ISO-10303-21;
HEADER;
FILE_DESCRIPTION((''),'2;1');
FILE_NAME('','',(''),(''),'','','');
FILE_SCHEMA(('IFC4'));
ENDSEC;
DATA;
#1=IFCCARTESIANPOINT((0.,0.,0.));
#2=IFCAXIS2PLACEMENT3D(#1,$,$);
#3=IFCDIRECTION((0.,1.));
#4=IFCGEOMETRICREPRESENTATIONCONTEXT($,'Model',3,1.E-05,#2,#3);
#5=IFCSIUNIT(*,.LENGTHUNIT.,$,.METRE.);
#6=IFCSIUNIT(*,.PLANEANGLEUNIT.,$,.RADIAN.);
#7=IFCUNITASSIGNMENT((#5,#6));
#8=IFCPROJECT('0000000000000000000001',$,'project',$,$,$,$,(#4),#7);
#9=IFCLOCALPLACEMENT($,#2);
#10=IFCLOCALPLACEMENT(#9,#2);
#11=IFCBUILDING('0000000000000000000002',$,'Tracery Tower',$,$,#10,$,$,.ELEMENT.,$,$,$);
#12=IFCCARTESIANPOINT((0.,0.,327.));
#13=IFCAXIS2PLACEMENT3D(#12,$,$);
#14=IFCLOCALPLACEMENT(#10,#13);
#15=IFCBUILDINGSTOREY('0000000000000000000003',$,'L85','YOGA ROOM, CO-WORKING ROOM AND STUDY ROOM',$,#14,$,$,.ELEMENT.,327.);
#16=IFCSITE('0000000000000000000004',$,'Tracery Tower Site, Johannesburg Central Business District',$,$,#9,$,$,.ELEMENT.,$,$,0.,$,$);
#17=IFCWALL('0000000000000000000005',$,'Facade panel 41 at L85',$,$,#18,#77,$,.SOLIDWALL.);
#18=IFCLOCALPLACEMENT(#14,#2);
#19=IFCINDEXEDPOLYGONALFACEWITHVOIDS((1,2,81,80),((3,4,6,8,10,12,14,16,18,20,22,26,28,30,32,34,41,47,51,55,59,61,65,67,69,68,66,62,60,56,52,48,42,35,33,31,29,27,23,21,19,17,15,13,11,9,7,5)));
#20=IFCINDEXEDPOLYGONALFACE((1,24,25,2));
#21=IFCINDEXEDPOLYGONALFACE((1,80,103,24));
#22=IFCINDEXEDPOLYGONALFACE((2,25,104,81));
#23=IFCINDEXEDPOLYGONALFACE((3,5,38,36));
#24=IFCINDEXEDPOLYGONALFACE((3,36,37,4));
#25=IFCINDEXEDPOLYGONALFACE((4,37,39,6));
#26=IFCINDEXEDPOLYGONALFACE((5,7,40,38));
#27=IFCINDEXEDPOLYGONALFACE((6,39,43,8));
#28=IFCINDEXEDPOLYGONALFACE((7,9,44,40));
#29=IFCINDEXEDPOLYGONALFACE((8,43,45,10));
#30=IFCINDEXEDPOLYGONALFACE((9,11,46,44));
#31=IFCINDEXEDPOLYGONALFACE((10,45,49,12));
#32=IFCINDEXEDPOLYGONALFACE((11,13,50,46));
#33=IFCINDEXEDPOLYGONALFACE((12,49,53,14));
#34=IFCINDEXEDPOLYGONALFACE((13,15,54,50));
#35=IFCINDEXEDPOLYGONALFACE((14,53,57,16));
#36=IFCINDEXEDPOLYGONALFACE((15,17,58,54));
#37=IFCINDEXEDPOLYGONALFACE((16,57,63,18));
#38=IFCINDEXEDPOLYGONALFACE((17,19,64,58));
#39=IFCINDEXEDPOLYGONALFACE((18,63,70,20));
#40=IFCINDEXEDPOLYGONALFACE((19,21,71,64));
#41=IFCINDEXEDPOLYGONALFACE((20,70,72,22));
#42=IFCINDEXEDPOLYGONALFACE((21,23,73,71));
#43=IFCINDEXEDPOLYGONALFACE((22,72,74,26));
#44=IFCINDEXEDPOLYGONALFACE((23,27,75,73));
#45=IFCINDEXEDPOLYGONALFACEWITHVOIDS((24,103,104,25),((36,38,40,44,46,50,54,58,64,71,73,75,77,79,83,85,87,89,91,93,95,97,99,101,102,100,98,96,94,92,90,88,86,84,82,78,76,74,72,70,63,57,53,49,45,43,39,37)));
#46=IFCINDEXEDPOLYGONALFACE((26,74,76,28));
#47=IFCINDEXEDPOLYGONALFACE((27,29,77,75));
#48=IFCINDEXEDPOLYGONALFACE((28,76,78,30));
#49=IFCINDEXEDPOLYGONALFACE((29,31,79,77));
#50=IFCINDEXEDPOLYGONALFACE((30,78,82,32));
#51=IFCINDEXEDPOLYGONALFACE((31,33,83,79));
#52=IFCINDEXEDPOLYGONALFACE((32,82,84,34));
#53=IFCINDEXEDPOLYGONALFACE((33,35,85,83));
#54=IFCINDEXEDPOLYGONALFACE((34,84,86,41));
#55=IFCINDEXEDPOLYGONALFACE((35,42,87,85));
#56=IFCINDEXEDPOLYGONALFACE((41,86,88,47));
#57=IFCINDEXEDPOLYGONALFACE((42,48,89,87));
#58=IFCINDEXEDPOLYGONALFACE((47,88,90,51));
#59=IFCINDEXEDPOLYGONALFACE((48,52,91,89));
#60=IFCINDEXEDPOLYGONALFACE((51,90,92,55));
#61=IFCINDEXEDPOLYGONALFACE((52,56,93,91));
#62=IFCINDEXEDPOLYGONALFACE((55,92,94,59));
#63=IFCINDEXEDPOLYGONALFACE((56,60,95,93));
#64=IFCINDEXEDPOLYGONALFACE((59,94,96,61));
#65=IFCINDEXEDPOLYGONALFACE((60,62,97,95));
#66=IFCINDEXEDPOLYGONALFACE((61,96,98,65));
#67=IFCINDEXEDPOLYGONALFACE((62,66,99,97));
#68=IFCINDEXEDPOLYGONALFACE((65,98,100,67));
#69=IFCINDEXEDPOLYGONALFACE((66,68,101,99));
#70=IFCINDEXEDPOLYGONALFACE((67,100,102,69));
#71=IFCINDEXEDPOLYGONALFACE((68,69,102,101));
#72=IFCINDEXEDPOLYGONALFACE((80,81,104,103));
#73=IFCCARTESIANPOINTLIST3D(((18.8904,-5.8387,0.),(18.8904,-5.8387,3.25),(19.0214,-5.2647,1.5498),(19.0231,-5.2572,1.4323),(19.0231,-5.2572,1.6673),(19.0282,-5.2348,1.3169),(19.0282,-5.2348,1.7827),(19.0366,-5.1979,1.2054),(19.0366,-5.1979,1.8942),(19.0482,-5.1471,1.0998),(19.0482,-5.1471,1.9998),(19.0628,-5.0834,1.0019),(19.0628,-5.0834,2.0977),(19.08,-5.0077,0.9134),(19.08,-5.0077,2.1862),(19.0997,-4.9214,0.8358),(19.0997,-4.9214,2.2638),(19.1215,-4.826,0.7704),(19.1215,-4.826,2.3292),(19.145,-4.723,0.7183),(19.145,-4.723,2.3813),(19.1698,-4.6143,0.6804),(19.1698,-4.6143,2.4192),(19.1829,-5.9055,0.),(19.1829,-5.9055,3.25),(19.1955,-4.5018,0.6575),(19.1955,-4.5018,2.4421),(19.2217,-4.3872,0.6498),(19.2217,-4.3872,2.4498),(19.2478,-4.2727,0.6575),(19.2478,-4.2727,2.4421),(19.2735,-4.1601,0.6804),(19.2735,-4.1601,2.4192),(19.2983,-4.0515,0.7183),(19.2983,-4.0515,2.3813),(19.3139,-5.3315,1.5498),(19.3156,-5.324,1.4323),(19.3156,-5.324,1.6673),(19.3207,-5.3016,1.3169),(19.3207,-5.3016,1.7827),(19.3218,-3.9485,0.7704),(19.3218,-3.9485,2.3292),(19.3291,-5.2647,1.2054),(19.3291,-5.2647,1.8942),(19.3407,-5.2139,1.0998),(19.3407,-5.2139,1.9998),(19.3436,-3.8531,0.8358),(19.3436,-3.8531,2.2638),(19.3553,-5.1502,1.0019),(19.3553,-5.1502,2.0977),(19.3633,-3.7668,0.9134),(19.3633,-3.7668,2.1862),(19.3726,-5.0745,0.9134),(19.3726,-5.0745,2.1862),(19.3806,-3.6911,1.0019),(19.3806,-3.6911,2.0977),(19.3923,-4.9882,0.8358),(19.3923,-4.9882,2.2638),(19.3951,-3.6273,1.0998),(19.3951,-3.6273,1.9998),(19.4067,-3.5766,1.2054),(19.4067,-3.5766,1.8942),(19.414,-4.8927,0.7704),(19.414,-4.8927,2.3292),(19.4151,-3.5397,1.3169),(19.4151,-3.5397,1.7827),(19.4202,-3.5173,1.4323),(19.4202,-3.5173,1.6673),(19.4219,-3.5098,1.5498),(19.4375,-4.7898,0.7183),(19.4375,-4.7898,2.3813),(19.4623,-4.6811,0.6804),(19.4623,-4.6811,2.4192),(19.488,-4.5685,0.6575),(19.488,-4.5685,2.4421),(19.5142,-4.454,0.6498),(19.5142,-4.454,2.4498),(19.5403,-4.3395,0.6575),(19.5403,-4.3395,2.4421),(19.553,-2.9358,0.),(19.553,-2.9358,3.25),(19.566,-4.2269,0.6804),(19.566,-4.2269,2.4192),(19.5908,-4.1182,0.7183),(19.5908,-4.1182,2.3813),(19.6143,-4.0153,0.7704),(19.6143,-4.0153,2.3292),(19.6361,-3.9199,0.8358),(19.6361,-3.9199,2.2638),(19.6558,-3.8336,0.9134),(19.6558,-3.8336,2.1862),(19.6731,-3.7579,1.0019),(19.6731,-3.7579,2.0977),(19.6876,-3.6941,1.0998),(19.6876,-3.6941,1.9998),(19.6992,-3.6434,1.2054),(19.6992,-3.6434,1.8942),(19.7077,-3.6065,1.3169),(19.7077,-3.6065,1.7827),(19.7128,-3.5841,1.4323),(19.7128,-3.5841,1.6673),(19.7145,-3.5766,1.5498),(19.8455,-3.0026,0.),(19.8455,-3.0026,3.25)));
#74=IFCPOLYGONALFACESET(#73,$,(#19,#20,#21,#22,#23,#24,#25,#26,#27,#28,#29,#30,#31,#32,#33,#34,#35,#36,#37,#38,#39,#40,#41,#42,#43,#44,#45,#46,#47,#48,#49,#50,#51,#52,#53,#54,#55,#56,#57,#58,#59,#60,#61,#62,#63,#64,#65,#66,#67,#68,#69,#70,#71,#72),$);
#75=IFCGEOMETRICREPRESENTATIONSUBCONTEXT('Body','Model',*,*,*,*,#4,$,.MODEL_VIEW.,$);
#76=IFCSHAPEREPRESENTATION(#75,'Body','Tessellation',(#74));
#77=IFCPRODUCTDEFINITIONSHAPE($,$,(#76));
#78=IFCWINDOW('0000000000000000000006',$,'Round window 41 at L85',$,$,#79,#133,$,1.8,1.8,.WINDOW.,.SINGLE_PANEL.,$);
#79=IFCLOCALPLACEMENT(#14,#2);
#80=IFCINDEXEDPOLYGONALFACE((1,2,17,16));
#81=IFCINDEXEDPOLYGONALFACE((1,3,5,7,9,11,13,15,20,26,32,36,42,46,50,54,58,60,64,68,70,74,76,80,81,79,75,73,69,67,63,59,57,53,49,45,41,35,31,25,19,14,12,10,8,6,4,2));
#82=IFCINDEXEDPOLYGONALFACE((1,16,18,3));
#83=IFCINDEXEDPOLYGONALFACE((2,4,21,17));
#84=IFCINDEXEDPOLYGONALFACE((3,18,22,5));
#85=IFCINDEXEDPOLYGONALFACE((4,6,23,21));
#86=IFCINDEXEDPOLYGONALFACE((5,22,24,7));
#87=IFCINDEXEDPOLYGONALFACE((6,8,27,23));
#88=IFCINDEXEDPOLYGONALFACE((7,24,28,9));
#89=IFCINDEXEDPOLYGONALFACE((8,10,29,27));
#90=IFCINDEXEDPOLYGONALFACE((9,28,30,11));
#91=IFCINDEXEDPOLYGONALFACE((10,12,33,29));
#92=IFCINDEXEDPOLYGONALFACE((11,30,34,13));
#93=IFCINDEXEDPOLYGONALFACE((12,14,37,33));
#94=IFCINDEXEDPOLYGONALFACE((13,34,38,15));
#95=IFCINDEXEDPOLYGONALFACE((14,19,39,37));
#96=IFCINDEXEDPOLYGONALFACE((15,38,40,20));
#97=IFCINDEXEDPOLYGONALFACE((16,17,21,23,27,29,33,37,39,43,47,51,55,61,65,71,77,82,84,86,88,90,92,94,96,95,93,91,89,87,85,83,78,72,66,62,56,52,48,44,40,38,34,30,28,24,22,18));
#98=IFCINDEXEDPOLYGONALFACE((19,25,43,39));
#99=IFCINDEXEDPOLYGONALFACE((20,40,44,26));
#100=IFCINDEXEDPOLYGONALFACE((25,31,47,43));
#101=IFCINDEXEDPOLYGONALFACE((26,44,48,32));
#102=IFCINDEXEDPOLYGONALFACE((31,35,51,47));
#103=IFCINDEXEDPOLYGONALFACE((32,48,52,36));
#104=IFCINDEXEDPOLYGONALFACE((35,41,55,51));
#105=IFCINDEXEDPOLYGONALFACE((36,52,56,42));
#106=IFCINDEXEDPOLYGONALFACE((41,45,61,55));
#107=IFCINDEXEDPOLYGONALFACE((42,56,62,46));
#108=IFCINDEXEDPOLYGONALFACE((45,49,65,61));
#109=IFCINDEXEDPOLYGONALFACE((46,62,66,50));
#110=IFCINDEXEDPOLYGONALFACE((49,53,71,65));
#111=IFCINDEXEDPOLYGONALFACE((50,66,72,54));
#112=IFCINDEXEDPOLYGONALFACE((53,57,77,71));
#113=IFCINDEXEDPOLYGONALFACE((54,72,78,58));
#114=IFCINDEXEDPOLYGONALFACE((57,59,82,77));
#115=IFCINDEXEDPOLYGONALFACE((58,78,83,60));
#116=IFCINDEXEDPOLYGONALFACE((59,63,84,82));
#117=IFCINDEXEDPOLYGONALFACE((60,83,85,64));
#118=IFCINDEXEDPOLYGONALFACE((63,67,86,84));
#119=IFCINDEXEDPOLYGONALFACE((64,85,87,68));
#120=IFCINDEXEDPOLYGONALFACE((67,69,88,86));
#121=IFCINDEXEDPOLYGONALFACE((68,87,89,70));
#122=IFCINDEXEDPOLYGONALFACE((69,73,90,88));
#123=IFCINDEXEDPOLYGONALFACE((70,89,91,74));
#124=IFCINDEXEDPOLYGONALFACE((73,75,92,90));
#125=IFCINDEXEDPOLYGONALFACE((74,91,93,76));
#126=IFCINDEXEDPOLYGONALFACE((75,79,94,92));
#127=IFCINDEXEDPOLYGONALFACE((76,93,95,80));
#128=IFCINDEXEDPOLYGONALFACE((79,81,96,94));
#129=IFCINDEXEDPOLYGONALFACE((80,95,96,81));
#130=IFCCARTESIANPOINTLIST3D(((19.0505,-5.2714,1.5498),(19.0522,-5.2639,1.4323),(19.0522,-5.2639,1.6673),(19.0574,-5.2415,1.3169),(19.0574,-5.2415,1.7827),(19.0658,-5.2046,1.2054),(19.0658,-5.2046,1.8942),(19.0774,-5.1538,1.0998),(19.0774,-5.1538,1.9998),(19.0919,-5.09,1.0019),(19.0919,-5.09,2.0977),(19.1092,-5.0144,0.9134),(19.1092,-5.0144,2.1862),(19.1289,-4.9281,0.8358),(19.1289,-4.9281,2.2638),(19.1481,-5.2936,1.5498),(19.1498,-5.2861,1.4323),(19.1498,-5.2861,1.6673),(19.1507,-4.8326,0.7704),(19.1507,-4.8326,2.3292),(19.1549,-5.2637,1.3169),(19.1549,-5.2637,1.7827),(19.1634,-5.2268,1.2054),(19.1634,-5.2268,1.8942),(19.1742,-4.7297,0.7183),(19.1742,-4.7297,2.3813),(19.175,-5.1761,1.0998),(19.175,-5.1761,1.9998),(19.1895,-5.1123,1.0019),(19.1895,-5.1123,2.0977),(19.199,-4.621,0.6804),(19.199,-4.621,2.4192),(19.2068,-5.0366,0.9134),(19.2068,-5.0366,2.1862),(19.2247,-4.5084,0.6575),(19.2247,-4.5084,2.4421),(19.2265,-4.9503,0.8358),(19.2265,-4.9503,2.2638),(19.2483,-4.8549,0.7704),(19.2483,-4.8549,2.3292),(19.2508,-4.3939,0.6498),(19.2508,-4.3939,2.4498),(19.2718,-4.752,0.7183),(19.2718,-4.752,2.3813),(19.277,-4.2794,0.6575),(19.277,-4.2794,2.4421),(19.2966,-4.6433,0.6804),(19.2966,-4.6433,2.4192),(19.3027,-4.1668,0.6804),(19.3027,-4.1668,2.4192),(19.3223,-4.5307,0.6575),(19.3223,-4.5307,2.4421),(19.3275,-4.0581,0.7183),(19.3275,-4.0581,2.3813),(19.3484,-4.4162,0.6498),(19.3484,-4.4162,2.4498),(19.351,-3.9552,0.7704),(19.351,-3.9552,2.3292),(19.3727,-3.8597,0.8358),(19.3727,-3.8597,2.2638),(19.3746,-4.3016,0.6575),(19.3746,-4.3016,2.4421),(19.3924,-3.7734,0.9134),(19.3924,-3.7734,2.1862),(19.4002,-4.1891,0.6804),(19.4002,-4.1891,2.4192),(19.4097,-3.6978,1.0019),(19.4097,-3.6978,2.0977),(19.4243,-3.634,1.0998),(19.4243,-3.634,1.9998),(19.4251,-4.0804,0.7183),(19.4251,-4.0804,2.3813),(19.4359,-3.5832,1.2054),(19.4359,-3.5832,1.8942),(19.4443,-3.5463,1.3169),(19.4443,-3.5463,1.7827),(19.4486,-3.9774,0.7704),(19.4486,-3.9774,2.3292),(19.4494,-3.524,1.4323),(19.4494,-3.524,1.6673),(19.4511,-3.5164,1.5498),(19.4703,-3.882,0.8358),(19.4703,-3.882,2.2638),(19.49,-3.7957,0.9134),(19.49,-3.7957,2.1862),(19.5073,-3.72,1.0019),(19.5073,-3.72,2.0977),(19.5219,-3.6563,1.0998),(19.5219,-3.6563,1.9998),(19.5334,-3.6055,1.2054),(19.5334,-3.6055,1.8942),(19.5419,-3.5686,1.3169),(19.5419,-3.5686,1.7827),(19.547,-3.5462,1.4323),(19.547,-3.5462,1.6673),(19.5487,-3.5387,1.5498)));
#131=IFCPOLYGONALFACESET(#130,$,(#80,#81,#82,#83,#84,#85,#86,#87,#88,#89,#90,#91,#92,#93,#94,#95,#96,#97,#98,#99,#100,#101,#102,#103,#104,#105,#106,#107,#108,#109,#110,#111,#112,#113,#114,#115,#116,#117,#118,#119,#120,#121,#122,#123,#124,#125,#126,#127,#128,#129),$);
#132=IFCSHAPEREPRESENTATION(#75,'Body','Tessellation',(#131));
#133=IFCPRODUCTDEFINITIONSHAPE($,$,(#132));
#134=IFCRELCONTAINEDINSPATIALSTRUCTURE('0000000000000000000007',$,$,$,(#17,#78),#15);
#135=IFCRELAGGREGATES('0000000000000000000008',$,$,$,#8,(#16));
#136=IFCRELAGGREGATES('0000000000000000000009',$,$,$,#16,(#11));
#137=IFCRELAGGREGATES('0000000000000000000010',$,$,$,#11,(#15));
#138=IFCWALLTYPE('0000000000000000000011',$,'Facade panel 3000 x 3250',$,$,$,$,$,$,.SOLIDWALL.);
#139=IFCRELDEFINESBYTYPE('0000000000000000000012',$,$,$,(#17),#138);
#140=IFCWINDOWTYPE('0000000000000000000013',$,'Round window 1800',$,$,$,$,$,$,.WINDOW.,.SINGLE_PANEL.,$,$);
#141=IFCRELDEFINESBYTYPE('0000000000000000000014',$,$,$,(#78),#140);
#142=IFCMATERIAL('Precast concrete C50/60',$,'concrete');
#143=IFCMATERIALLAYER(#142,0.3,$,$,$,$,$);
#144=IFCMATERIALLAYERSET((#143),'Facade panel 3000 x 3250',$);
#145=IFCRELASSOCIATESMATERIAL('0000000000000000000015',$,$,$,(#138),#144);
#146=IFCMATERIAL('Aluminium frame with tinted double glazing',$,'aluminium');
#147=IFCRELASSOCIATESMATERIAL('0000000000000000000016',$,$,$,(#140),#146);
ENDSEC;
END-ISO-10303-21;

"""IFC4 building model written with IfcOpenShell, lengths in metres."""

from ifc_helpers import new_model, si_unit, direction, frame, frame_2d, origin, origin_2d, place, context, subcontext, project, spatial, rectangle, circle, extrude, material, layer, layer_set, type_object, element, fill, save


model = new_model("IFC4")

# Units and contexts
model_context = context("Model", 3, precision=1e-05, world=origin(), true_north=direction((0.0, 1.0)))
body_context = subcontext(model_context, "Body", "Model", "MODEL_VIEW")
ifc_project = project(units=[si_unit("LENGTHUNIT", "METRE"), si_unit("PLANEANGLEUNIT", "RADIAN")], contexts=[model_context])

# Site, building, storey
site_placement = place(None, origin())
site = spatial("IfcSite", under=ifc_project, at=site_placement, Name="Tracery Tower Site, Johannesburg Central Business District", CompositionType="ELEMENT", RefElevation=0.0)
building_placement = place(site_placement, origin())
building = spatial("IfcBuilding", under=site, at=building_placement, Name="Tracery Tower", CompositionType="ELEMENT")
storey_placement = place(building_placement, frame((0.0, 0.0, 327.0)))
storey = spatial("IfcBuildingStorey", under=building, at=storey_placement, Name="L85", Description="YOGA ROOM, CO-WORKING ROOM AND STUDY ROOM", CompositionType="ELEMENT", Elevation=327.0)

# Wall, opening, window
ifc_material_1 = material(Name="Precast concrete C50/60", Category="concrete")
ifc_layer_1 = layer(ifc_material_1, 0.3)
ifc_layer_set_1 = layer_set([ifc_layer_1], Name="Facade panel 3000 x 3250")
wall_type_1 = type_object("IfcWallType", Name="Facade panel 3000 x 3250", PredefinedType="SOLIDWALL", material=ifc_layer_set_1)
ifc_material_2 = material(Name="Aluminium frame with tinted double glazing", Category="aluminium")
window_type = type_object("IfcWindowType", Name="Round window 1800", PartitioningType="SINGLE_PANEL", PredefinedType="WINDOW", material=ifc_material_2)
wall_1_placement = place(storey_placement, frame((19.0366, -5.8721, 0.0), z_axis=(0.0, 0.0, 1.0), x_axis=(0.222535, 0.974925, 0.0)))
wall_1 = element("IfcWall", 1, at=wall_1_placement, inside=storey, type_object=wall_type_1, Name="Facade panel 41 at L85", PredefinedType="SOLIDWALL", context=body_context, shape_type="SweptSolid", body=[
    extrude(rectangle(XDim=2.9775, YDim=0.3, at=frame_2d((1.4888, 0.0))), origin(), (0.0, 0.0, 1.0), 3.25),
])
opening_1_placement = place(wall_1_placement, frame((1.4888, 0.0, 1.5498)))
opening_1 = element("IfcOpeningElement", 2, at=opening_1_placement, cuts=wall_1, PredefinedType="OPENING", context=body_context, shape_type="SweptSolid", body=[
    extrude(circle(Radius=0.9, at=origin_2d()), frame((0.0, 0.1599, 0.0), z_axis=(0.0, -1.0, 0.0), x_axis=(1.0, 0.0, 0.0)), (0.0, 0.0, 1.0), 0.3201),
])
window_1_placement = place(opening_1_placement, origin())
window_1 = element("IfcWindow", 3, at=window_1_placement, inside=storey, type_object=window_type, Name="Round window 41 at L85", OverallHeight=1.8, OverallWidth=1.8, PartitioningType="SINGLE_PANEL", PredefinedType="WINDOW", context=body_context, shape_type="SweptSolid", body=[
    extrude(circle(Radius=0.9, at=origin_2d()), frame((0.0, 0.1201, 0.0), z_axis=(0.0, -1.0, 0.0), x_axis=(1.0, 0.0, 0.0)), (0.0, 0.0, 1.0), 0.1001),
])
fill(opening_1, window_1)

save(model, "model.ifc")
